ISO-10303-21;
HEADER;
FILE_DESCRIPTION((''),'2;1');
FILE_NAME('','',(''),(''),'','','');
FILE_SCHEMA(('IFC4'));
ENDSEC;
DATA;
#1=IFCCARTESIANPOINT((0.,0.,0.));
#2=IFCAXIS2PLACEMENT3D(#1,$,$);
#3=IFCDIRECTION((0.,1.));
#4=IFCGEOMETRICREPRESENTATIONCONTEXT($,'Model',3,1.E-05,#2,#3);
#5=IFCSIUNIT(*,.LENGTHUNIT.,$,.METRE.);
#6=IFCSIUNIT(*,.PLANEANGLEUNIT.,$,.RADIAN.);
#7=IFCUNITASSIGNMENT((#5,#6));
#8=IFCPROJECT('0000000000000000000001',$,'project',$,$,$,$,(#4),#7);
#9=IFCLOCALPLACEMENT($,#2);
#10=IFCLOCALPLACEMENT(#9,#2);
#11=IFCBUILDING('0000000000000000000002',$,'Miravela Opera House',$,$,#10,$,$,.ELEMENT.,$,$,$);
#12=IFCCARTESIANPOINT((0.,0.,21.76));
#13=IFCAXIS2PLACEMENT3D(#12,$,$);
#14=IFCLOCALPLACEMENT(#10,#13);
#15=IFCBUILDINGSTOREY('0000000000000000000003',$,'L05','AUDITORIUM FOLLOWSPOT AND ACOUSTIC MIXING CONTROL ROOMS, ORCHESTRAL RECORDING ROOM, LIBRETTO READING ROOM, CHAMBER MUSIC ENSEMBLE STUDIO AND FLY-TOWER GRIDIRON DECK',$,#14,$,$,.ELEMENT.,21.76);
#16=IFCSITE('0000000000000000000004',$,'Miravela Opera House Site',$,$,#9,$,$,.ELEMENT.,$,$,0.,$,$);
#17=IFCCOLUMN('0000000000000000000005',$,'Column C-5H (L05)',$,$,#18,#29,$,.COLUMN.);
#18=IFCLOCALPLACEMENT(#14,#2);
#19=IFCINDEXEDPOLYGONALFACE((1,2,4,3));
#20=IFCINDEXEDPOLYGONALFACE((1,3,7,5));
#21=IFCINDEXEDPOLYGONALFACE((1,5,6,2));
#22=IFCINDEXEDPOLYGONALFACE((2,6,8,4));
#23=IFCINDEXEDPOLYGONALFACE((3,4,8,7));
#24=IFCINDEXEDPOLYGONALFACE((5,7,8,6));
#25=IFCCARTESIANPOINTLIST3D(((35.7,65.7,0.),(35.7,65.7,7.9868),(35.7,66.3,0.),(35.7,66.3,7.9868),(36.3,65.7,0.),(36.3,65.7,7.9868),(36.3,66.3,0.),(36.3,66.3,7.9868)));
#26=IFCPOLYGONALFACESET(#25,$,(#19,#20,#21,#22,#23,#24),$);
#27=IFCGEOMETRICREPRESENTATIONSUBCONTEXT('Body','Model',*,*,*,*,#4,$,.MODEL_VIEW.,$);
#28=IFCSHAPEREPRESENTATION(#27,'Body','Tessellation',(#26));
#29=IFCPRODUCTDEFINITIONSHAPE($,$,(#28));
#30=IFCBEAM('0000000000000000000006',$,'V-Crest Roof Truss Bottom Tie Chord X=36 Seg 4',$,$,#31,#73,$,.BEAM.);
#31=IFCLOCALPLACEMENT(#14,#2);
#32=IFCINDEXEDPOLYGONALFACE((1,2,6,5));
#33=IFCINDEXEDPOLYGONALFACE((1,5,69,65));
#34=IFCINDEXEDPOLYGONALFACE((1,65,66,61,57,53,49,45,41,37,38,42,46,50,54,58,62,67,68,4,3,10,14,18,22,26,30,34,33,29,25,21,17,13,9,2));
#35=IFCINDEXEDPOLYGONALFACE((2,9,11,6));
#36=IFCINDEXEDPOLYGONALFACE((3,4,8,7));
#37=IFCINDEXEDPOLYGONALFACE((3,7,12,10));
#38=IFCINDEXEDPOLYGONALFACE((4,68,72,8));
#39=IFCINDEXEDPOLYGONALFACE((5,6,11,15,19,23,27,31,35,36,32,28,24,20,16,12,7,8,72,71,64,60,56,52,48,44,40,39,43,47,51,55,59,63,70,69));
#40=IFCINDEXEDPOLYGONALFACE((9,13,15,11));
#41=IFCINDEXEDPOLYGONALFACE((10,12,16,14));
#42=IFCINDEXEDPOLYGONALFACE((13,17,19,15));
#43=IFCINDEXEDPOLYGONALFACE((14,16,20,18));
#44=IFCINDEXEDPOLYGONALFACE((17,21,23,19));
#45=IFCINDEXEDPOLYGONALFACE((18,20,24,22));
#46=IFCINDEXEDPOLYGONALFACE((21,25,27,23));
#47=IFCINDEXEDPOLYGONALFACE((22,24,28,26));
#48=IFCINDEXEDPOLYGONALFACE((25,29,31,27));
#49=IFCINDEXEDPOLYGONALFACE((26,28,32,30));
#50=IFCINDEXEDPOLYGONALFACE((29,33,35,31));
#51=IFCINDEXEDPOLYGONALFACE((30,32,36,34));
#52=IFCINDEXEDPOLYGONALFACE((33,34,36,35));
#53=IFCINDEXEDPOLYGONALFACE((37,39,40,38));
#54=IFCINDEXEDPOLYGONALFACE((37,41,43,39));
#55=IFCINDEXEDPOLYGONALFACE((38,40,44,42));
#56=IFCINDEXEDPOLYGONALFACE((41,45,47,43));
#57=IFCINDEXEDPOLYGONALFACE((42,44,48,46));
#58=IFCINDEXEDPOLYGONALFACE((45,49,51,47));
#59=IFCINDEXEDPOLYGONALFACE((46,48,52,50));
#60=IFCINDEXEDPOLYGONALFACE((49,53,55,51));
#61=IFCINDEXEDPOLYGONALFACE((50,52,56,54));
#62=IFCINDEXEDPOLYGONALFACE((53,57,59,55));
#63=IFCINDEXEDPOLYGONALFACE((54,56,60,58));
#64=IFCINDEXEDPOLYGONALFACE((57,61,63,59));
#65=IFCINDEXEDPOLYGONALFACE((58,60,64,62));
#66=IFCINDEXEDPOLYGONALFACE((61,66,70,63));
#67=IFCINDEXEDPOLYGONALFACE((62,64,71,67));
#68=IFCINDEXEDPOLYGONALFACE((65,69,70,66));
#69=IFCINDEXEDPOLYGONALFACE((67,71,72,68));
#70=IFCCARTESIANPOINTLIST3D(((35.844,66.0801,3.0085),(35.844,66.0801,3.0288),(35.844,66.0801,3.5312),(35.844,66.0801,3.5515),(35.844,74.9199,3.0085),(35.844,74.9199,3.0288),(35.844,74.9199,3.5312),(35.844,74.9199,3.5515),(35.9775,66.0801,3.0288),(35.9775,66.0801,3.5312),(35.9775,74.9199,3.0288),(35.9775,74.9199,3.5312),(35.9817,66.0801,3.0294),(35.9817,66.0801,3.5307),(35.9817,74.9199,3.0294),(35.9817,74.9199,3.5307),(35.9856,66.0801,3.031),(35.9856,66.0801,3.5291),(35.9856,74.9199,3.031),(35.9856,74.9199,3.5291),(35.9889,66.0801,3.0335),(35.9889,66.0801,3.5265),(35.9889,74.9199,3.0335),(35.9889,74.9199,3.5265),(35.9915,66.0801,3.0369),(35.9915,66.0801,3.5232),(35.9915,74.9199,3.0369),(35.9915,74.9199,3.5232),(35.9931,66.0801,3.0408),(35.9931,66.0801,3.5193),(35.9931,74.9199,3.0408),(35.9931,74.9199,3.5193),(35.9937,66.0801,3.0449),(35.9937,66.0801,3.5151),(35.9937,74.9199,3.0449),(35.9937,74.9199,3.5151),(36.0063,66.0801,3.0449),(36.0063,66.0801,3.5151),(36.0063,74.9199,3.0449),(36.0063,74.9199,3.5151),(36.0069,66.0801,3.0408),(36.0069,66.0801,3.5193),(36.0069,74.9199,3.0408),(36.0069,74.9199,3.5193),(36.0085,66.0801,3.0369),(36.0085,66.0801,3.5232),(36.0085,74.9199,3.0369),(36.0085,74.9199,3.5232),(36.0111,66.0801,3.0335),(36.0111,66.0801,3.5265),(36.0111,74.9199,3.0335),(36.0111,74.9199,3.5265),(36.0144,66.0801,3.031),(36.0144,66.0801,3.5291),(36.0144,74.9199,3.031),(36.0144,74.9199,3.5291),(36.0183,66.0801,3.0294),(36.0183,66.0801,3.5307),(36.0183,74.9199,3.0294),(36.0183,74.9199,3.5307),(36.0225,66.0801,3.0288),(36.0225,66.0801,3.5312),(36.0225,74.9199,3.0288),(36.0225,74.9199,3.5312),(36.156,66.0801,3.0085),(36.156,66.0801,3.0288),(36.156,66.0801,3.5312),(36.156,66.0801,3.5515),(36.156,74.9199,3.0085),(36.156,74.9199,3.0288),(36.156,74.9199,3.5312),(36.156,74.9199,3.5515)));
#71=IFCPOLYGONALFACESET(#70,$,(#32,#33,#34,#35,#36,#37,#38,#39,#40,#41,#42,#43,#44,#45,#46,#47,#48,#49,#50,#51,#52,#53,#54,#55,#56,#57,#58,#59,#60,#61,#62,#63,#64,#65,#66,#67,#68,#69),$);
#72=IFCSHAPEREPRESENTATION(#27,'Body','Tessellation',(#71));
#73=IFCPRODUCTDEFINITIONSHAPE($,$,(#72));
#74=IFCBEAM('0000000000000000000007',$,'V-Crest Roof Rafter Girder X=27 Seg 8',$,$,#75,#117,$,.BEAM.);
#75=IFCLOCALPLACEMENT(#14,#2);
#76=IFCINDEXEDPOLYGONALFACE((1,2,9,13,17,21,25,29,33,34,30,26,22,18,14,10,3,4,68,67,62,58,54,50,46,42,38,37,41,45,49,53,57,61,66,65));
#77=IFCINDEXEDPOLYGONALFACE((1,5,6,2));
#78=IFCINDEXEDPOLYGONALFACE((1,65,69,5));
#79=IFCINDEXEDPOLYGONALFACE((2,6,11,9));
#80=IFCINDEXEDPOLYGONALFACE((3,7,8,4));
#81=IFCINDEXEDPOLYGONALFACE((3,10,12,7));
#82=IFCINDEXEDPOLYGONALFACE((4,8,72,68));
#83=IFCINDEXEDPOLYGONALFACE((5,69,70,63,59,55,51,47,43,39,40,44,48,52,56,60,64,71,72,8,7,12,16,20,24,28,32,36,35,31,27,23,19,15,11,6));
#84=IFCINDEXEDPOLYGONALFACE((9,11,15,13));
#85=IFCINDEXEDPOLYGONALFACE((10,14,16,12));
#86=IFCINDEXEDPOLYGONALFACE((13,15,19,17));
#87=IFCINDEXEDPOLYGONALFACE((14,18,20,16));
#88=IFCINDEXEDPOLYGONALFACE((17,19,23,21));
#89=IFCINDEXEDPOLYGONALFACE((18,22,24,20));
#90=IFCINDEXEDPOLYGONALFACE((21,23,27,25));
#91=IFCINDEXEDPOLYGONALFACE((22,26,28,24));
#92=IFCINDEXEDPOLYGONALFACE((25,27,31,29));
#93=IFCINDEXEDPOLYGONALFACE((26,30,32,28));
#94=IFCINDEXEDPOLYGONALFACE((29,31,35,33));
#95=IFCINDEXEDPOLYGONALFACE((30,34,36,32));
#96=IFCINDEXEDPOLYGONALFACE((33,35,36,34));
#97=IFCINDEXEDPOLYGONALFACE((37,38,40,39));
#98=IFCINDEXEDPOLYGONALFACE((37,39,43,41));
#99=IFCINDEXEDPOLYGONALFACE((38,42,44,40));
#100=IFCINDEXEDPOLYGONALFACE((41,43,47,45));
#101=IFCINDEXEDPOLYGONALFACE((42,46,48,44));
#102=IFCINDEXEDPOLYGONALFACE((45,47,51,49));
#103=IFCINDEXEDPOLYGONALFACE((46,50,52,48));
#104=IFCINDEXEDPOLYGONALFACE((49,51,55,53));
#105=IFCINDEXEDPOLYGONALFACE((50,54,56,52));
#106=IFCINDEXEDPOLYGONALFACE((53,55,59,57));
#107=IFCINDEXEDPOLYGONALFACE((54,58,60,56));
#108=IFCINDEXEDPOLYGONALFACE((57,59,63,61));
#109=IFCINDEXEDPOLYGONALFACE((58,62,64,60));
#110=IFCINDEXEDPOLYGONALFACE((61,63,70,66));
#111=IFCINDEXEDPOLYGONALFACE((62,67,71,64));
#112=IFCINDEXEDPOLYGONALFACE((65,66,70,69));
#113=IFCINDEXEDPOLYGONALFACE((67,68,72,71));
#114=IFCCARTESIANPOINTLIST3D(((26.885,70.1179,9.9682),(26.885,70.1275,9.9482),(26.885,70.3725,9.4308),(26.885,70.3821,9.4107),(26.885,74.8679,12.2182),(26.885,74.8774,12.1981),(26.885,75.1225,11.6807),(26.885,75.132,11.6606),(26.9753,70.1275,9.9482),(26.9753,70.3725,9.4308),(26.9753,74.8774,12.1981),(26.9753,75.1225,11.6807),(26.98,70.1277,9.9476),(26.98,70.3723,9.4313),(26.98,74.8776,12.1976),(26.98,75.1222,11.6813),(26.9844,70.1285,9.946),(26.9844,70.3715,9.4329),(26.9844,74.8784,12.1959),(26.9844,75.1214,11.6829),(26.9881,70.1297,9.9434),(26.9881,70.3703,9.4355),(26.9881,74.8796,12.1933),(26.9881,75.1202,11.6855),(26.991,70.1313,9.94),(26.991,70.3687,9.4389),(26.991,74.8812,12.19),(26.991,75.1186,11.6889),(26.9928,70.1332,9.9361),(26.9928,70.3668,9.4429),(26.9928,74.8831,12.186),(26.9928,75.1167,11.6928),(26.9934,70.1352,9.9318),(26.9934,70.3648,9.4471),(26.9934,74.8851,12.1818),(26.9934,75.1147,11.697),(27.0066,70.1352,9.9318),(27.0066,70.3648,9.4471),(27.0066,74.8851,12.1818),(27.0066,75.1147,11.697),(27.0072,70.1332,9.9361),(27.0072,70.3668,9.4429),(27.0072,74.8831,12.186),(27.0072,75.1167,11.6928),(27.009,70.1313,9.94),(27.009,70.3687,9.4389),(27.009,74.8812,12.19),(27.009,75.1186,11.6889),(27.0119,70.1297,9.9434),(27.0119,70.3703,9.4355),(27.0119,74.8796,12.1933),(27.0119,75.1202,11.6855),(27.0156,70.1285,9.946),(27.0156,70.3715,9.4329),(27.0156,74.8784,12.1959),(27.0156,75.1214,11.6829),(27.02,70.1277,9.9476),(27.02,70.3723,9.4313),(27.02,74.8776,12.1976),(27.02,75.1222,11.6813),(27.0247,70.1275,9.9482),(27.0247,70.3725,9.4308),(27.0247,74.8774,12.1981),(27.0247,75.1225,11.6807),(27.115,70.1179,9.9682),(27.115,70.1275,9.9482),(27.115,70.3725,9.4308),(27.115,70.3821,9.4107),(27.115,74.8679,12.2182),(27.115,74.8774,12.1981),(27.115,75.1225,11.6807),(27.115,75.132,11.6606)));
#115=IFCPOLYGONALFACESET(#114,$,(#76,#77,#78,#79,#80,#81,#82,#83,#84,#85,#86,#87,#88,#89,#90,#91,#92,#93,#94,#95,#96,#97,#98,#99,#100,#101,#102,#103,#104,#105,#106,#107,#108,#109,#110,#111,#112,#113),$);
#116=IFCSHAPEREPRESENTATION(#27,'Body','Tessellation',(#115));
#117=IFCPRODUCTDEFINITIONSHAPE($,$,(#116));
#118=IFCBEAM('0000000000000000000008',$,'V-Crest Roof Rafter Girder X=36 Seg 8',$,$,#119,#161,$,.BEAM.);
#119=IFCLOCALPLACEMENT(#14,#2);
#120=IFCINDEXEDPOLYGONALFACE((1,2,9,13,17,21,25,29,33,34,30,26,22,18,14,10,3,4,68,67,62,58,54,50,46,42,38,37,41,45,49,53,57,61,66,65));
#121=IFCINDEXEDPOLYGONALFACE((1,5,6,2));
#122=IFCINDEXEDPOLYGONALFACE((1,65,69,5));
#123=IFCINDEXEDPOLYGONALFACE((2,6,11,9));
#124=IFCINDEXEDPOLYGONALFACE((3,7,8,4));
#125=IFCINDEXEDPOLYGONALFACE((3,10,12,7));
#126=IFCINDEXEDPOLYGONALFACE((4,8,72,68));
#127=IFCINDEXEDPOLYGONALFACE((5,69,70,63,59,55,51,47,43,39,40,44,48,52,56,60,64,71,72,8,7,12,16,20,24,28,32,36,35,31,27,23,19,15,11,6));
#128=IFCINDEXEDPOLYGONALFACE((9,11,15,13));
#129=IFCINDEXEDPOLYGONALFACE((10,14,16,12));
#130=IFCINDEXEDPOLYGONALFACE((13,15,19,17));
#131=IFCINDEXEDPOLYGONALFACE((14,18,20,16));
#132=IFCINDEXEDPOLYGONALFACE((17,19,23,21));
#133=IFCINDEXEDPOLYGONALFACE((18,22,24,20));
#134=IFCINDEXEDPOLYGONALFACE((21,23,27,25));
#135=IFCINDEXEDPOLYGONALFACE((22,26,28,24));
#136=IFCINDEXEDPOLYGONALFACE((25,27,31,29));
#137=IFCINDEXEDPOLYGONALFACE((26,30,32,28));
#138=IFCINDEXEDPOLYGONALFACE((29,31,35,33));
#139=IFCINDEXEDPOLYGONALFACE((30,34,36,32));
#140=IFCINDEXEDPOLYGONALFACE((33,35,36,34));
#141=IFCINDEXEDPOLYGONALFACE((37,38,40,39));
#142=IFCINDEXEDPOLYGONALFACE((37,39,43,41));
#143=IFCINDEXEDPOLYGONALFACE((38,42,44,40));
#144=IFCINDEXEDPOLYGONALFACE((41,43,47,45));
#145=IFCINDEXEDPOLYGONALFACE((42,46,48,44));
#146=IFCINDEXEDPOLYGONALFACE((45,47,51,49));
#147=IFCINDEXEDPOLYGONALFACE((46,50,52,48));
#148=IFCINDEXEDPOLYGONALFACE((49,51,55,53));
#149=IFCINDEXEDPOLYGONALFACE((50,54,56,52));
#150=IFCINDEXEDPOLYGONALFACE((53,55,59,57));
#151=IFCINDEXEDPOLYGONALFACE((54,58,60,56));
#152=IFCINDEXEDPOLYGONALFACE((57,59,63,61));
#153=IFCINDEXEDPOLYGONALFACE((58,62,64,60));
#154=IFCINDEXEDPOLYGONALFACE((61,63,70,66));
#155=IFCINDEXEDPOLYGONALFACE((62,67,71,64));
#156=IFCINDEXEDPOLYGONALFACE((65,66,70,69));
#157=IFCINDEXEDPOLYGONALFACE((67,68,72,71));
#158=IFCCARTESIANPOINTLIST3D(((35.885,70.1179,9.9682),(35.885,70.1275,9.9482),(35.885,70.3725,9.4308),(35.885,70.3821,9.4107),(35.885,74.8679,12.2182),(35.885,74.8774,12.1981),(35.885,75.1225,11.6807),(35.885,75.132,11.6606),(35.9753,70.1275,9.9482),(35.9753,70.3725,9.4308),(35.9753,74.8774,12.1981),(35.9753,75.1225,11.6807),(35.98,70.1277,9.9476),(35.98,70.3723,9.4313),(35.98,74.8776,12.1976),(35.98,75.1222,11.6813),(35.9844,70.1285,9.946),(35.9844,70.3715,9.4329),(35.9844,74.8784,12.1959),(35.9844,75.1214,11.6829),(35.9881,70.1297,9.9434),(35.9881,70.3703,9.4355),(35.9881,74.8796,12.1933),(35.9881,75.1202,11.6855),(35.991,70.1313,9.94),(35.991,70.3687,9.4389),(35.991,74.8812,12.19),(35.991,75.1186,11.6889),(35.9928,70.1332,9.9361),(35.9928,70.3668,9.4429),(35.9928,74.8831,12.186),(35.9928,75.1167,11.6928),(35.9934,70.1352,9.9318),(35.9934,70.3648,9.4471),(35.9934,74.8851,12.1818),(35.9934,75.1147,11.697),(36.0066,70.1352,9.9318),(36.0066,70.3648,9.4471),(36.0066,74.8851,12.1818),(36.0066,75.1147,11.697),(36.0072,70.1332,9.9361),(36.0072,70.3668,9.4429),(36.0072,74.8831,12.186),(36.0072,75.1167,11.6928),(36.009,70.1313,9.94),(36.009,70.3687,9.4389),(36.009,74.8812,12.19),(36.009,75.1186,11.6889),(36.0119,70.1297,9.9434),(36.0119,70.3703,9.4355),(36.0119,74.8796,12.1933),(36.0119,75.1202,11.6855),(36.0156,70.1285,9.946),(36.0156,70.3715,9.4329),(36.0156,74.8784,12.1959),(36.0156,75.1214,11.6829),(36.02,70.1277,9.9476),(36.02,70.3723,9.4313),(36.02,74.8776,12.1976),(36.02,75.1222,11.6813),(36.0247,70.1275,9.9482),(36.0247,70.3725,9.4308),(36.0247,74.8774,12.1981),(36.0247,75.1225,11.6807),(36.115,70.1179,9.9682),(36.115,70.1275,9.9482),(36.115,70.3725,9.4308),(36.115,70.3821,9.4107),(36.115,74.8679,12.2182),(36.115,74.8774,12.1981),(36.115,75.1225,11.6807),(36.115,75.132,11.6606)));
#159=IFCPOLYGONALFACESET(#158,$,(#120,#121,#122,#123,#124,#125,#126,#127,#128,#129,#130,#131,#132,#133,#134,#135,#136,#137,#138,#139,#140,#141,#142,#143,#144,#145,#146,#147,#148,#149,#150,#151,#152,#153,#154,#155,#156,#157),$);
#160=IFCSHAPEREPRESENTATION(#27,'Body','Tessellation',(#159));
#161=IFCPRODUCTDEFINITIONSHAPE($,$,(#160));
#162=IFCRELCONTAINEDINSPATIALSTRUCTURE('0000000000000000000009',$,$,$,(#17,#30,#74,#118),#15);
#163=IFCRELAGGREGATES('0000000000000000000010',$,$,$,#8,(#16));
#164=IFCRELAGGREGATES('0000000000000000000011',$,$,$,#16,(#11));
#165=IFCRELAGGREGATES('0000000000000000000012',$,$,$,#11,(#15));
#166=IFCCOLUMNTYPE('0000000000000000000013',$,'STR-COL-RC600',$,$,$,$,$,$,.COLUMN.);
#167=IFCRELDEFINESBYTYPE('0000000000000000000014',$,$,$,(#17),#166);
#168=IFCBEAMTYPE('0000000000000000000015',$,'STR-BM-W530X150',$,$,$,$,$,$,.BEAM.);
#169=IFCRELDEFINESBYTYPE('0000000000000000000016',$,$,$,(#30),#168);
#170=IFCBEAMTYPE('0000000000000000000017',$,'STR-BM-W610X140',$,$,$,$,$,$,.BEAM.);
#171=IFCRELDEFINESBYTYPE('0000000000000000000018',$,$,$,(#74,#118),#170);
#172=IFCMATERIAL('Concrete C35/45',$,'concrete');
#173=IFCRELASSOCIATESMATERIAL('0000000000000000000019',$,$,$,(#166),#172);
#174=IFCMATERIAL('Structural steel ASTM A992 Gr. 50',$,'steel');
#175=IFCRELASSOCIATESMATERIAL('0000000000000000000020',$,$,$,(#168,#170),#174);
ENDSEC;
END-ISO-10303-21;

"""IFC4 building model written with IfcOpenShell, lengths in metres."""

from ifc_helpers import new_model, si_unit, direction, frame, origin, origin_2d, place, context, subcontext, project, spatial, rectangle, i_section, extrude, material, material_profile, profile_set, type_object, element, save


model = new_model("IFC4")

# Units and contexts
model_context = context("Model", 3, precision=1e-05, world=origin(), true_north=direction((0.0, 1.0)))
body_context = subcontext(model_context, "Body", "Model", "MODEL_VIEW")
ifc_project = project(units=[si_unit("LENGTHUNIT", "METRE"), si_unit("PLANEANGLEUNIT", "RADIAN")], contexts=[model_context])

# Site, building, storey
site_placement = place(None, origin())
site = spatial("IfcSite", under=ifc_project, at=site_placement, Name="Miravela Opera House Site", CompositionType="ELEMENT", RefElevation=0.0)
building_placement = place(site_placement, origin())
building = spatial("IfcBuilding", under=site, at=building_placement, Name="Miravela Opera House", CompositionType="ELEMENT")
storey_placement = place(building_placement, frame((0.0, 0.0, 21.76)))
storey = spatial("IfcBuildingStorey", under=building, at=storey_placement, Name="L05", Description="AUDITORIUM FOLLOWSPOT AND ACOUSTIC MIXING CONTROL ROOMS, ORCHESTRAL RECORDING ROOM, LIBRETTO READING ROOM, CHAMBER MUSIC ENSEMBLE STUDIO AND FLY-TOWER GRIDIRON DECK", CompositionType="ELEMENT", Elevation=21.76)

# Column
ifc_material_1 = material(Name="Concrete C35/45", Category="concrete")
ifc_material_profile_1 = material_profile(ifc_material_1, rectangle(XDim=0.6001, YDim=0.6001, at=origin_2d()), Name="RC-COL-600X600")
ifc_profile_set_1 = profile_set([ifc_material_profile_1])
column_type = type_object("IfcColumnType", Name="STR-COL-RC600", PredefinedType="COLUMN", material=ifc_profile_set_1)
column_placement = place(storey_placement, frame((36.0, 66.0, 0.0), z_axis=(0.0, 0.0, 1.0), x_axis=(1.0, 0.0, 0.0)))
element("IfcColumn", 1, at=column_placement, inside=storey, type_object=column_type, Name="Column C-5H (L05)", PredefinedType="COLUMN", context=body_context, shape_type="SweptSolid", body=[
    extrude(rectangle(XDim=0.6001, YDim=0.6001, at=origin_2d()), origin(), (0.0, 0.0, 1.0), 7.9868),
])

# Beams
ifc_material_2 = material(Name="Structural steel ASTM A992 Gr. 50", Category="steel")
ifc_material_profile_2 = material_profile(ifc_material_2, i_section(OverallWidth=0.312, OverallDepth=0.543, WebThickness=0.0127, FlangeThickness=0.0203, FilletRadius=0.0161, at=origin_2d()), Name="W530X150")
ifc_profile_set_2 = profile_set([ifc_material_profile_2])
beam_type_1 = type_object("IfcBeamType", Name="STR-BM-W530X150", PredefinedType="BEAM", material=ifc_profile_set_2)
beam_placement = place(storey_placement, frame((36.0, 66.0801, 3.28), z_axis=(0.0, 1.0, 0.0), x_axis=(-1.0, 0.0, 0.0)))
element("IfcBeam", 2, at=beam_placement, inside=storey, type_object=beam_type_1, Name="V-Crest Roof Truss Bottom Tie Chord X=36 Seg 4", PredefinedType="BEAM", context=body_context, shape_type="SweptSolid", body=[
    extrude(i_section(OverallWidth=0.312, OverallDepth=0.543, WebThickness=0.0127, FlangeThickness=0.0203, FilletRadius=0.0161, at=origin_2d()), origin(), (0.0, 0.0, 1.0), 8.8398),
])
ifc_material_profile_3 = material_profile(ifc_material_2, i_section(OverallWidth=0.23, OverallDepth=0.6169, WebThickness=0.0132, FlangeThickness=0.0222, FilletRadius=0.0181, at=origin_2d()), Name="W610X140")
ifc_profile_set_3 = profile_set([ifc_material_profile_3])
beam_type_2 = type_object("IfcBeamType", Name="STR-BM-W610X140", PredefinedType="BEAM", material=ifc_profile_set_3)
for number, where, z_axis, x_axis, name in (
    (3, (27.0, 70.25, 9.6895), (0.0, 0.903738, 0.428086), (-1.0, 0.0, 0.0), "V-Crest Roof Rafter Girder X=27 Seg 8"),
    (4, (36.0, 70.25, 9.6895), (0.0, 0.903738, 0.428086), (-1.0, 0.0, 0.0), "V-Crest Roof Rafter Girder X=36 Seg 8"),
):
    element("IfcBeam", number, at=place(storey_placement, frame(where, z_axis=z_axis, x_axis=x_axis)), inside=storey, type_object=beam_type_2, Name=name, PredefinedType="BEAM", context=body_context, shape_type="SweptSolid", body=[
        extrude(i_section(OverallWidth=0.23, OverallDepth=0.6169, WebThickness=0.0132, FlangeThickness=0.0222, FilletRadius=0.0181, at=origin_2d()), origin(), (0.0, 0.0, 1.0), 5.2559),
    ])

save(model, "model.ifc")
